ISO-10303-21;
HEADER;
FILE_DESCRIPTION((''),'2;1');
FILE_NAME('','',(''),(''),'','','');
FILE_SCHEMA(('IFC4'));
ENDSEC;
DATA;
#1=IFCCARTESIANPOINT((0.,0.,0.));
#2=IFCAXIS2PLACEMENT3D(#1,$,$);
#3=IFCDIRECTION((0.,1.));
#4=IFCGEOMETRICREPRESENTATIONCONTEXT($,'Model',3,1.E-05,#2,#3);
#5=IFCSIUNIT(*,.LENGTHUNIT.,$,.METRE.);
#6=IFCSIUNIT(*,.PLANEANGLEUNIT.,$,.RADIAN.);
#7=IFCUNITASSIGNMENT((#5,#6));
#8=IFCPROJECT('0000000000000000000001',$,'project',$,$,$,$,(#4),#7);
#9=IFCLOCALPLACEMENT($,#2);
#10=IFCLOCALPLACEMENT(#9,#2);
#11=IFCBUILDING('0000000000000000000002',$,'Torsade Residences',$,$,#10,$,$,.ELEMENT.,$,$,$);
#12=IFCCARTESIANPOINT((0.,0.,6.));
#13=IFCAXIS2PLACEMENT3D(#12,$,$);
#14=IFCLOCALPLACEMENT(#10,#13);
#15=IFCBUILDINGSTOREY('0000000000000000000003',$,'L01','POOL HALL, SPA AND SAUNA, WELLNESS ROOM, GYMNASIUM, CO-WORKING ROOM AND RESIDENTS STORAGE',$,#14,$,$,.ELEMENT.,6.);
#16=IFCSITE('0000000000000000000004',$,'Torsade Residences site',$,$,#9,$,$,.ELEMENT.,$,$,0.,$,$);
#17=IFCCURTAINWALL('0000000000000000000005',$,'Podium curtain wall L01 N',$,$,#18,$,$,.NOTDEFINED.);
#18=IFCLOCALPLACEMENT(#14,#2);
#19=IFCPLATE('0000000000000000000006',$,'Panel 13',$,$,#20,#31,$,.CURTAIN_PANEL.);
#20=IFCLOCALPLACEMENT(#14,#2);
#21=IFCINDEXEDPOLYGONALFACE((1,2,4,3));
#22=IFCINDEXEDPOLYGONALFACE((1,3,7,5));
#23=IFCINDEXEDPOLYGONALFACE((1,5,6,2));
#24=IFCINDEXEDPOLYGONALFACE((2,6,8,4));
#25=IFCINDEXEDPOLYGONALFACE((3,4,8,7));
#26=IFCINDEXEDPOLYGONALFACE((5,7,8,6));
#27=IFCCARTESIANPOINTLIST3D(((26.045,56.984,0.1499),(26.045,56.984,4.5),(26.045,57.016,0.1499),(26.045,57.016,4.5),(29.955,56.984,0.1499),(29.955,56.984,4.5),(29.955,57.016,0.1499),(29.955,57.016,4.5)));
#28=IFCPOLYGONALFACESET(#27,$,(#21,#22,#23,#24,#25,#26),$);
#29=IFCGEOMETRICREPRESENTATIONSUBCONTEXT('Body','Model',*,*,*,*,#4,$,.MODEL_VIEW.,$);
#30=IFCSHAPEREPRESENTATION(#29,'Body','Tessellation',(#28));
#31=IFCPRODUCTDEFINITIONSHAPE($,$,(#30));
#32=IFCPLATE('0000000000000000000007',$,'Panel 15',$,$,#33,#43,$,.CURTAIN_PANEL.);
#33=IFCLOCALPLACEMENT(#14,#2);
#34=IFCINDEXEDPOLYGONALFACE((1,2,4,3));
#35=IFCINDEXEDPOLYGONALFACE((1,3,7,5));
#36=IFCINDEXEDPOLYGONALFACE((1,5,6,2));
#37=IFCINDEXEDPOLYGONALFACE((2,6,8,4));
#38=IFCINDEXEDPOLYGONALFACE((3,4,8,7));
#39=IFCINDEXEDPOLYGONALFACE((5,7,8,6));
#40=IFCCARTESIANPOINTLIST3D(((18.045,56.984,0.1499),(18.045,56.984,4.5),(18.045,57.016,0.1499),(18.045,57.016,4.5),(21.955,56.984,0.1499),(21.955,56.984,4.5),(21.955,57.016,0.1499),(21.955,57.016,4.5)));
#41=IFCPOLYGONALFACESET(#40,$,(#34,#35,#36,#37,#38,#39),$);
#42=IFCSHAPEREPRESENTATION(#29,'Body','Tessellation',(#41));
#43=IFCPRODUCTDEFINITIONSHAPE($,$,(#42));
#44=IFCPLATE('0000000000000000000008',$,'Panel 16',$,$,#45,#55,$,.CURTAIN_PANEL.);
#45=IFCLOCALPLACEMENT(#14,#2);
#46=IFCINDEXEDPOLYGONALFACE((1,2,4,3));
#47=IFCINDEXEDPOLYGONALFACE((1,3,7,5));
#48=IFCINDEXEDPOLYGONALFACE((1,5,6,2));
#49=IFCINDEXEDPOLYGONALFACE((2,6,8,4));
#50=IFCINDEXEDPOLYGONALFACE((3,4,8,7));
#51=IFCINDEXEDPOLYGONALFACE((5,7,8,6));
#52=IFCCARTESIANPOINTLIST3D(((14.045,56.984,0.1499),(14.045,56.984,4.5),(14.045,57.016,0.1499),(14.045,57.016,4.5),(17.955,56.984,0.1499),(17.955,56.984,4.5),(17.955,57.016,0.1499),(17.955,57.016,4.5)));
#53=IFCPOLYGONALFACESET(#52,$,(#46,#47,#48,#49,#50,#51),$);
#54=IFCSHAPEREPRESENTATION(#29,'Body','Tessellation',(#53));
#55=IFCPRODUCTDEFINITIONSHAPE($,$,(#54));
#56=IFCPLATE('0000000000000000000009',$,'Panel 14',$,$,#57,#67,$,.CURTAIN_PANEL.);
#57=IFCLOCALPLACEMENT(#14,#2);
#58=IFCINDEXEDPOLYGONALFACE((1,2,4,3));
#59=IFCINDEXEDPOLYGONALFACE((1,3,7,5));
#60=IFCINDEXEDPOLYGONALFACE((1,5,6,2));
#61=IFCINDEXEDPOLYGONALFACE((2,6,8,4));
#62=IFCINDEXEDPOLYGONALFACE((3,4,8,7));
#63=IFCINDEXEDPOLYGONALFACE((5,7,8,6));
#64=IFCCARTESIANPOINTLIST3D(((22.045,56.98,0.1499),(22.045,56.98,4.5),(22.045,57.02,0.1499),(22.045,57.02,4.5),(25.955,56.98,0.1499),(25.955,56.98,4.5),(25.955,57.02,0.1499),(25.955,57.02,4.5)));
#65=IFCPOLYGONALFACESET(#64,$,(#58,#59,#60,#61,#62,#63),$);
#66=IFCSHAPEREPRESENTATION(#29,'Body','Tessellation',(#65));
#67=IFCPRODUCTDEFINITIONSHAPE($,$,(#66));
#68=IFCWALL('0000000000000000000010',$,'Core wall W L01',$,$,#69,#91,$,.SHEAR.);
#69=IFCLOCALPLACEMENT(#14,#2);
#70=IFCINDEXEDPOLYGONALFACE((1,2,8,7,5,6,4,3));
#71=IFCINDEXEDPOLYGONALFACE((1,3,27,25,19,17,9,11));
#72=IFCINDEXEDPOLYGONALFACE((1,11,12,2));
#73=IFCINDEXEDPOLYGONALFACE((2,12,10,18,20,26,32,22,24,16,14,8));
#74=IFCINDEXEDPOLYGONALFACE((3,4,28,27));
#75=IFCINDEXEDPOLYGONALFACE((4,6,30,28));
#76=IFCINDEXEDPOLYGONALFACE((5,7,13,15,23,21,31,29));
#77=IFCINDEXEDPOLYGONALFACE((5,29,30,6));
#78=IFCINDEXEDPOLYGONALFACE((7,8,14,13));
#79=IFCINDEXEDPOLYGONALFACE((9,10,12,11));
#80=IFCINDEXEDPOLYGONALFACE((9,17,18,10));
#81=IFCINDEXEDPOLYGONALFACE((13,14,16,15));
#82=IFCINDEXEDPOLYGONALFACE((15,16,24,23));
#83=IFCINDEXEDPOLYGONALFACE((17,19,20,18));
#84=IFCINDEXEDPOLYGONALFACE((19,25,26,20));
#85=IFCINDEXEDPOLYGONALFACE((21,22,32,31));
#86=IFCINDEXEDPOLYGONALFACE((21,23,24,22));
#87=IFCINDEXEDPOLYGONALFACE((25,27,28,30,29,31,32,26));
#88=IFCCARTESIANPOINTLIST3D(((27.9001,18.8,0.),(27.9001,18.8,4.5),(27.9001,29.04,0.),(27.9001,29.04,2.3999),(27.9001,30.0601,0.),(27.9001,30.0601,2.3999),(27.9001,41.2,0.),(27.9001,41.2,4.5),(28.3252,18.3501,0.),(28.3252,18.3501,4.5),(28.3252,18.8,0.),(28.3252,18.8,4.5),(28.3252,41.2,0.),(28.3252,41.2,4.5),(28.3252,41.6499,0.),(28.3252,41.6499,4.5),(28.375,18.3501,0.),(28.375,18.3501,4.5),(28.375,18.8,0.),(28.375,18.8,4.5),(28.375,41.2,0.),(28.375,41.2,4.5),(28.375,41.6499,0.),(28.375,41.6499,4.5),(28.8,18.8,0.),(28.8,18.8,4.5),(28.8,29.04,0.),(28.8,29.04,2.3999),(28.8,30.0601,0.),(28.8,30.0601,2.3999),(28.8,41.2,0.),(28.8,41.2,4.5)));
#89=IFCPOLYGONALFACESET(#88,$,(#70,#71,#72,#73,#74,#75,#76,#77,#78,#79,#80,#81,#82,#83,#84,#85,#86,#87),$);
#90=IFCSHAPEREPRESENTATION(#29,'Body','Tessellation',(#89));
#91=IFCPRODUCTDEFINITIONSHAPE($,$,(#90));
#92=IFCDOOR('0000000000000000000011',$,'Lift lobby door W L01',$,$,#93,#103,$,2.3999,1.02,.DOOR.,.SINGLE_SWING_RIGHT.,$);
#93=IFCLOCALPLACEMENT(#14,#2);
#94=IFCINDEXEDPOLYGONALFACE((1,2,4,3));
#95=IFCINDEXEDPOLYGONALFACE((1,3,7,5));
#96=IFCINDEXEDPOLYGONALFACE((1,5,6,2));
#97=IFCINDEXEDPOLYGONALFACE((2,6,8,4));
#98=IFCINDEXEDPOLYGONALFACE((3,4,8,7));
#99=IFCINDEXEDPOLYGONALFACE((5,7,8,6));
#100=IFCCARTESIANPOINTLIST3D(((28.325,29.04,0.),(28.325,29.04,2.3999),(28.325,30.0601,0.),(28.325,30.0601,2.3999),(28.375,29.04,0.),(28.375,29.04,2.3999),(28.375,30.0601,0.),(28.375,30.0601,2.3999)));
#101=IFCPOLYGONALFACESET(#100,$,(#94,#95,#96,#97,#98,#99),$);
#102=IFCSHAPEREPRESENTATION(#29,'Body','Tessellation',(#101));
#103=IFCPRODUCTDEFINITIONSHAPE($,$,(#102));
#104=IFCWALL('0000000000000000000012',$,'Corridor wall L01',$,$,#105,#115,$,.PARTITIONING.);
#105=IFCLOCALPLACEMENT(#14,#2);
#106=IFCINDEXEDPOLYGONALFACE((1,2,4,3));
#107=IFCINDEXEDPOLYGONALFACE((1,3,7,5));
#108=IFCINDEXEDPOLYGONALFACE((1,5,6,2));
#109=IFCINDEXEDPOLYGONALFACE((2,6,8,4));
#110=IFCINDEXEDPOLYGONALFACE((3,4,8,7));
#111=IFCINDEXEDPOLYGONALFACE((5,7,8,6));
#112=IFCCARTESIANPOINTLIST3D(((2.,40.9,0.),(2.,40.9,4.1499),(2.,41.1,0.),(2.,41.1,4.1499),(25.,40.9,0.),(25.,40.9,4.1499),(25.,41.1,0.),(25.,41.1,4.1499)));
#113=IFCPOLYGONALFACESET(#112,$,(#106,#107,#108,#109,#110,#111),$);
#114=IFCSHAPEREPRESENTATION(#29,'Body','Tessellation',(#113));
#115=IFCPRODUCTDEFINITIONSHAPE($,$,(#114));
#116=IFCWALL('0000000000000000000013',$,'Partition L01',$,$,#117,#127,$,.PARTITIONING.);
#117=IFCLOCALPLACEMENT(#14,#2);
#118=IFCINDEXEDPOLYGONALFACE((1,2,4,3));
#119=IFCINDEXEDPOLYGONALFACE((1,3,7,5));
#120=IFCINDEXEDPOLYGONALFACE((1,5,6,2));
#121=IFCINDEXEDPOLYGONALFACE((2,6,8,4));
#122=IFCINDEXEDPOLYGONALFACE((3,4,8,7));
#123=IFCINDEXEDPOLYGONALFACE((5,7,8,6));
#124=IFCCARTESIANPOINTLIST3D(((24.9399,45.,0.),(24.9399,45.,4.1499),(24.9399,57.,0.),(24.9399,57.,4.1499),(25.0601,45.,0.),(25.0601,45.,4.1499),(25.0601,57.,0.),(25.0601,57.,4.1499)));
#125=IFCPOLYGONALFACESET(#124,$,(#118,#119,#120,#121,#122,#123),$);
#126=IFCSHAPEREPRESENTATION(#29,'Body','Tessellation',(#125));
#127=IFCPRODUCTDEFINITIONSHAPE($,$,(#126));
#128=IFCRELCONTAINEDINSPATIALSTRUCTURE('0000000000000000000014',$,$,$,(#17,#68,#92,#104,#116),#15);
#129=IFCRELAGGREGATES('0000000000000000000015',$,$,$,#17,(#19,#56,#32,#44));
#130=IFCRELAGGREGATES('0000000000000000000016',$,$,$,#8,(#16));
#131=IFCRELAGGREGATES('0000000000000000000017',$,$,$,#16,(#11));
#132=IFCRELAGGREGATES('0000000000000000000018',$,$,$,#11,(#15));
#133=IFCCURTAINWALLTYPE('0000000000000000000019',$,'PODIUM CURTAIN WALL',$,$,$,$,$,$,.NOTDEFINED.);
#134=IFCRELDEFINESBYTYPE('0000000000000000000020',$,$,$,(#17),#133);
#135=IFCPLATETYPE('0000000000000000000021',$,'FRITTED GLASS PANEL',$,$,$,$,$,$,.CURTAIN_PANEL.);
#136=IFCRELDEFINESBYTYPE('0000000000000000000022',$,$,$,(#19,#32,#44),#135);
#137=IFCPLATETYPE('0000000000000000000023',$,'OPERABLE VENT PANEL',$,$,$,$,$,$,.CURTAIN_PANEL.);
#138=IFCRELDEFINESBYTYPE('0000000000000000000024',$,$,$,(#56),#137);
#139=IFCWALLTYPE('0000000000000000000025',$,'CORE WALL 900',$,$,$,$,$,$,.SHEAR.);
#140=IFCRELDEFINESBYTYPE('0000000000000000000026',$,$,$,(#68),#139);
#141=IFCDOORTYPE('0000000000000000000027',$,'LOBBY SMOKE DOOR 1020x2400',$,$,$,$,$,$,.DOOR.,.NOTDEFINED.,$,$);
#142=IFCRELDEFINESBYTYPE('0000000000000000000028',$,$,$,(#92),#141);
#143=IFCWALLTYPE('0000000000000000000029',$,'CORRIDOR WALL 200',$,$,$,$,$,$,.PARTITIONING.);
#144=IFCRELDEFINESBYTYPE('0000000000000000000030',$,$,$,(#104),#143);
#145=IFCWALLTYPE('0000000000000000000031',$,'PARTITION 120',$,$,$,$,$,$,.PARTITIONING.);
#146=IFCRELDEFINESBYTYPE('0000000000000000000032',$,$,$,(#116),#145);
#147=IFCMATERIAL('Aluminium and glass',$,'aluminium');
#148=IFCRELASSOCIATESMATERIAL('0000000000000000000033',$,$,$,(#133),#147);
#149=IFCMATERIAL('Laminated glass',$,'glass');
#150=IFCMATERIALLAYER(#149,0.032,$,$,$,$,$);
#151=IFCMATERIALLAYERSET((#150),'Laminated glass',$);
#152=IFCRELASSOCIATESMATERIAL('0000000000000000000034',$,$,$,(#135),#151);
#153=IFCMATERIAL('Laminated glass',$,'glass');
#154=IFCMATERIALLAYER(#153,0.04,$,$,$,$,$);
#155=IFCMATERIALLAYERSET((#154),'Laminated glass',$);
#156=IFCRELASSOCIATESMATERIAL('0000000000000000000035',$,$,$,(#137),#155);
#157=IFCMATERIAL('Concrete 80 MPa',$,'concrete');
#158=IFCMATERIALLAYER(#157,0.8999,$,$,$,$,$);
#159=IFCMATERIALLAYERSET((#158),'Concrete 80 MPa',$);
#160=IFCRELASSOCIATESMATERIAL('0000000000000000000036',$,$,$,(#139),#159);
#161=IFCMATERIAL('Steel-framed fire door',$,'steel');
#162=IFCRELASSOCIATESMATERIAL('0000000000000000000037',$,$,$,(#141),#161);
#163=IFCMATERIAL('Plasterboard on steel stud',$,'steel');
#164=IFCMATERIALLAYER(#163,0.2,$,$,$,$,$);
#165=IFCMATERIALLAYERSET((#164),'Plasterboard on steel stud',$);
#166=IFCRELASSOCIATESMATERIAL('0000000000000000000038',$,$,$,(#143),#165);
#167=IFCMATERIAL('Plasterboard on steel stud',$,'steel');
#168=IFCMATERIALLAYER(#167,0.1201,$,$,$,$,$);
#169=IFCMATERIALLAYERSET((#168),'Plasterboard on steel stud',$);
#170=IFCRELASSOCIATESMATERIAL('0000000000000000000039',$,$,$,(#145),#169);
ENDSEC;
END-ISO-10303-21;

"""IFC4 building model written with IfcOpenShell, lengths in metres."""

from ifc_helpers import new_model, si_unit, direction, frame, frame_2d, origin, origin_2d, place, context, subcontext, project, spatial, polyline, rectangle, outline, extrude, material, layer, layer_set, type_object, element, fill, aggregate, save


model = new_model("IFC4")

# Units and contexts
model_context = context("Model", 3, precision=1e-05, world=origin(), true_north=direction((0.0, 1.0)))
body_context = subcontext(model_context, "Body", "Model", "MODEL_VIEW")
ifc_project = project(units=[si_unit("LENGTHUNIT", "METRE"), si_unit("PLANEANGLEUNIT", "RADIAN")], contexts=[model_context])

# Site, building, storey
site_placement = place(None, origin())
site = spatial("IfcSite", under=ifc_project, at=site_placement, Name="Torsade Residences site", CompositionType="ELEMENT", RefElevation=0.0)
building_placement = place(site_placement, origin())
building = spatial("IfcBuilding", under=site, at=building_placement, Name="Torsade Residences", CompositionType="ELEMENT")
storey_placement = place(building_placement, frame((0.0, 0.0, 6.0)))
storey = spatial("IfcBuildingStorey", under=building, at=storey_placement, Name="L01", Description="POOL HALL, SPA AND SAUNA, WELLNESS ROOM, GYMNASIUM, CO-WORKING ROOM AND RESIDENTS STORAGE", CompositionType="ELEMENT", Elevation=6.0)

# Curtain wall, plates
ifc_material_1 = material(Name="Aluminium and glass", Category="aluminium")
curtain_wall_type = type_object("IfcCurtainWallType", Name="PODIUM CURTAIN WALL", PredefinedType="NOTDEFINED", material=ifc_material_1)
curtain_wall_placement = place(storey_placement, origin())
curtain_wall = element("IfcCurtainWall", 1, at=curtain_wall_placement, inside=storey, type_object=curtain_wall_type, Name="Podium curtain wall L01 N", PredefinedType="NOTDEFINED")
ifc_material_2 = material(Name="Laminated glass", Category="glass")
ifc_layer_1 = layer(ifc_material_2, 0.032)
ifc_layer_set_1 = layer_set([ifc_layer_1], Name="Laminated glass")
plate_type_1 = type_object("IfcPlateType", Name="FRITTED GLASS PANEL", PredefinedType="CURTAIN_PANEL", material=ifc_layer_set_1)
plate_1_placement = place(storey_placement, frame((28.0, 57.0, 0.1499), z_axis=(0.0, 0.0, 1.0), x_axis=(-1.0, 0.0, 0.0)))
plate_1 = element("IfcPlate", 2, at=plate_1_placement, type_object=plate_type_1, Name="Panel 13", PredefinedType="CURTAIN_PANEL", context=body_context, shape_type="SweptSolid", body=[
    extrude(rectangle(XDim=3.9099, YDim=0.032, at=origin_2d()), origin(), (0.0, 0.0, 1.0), 4.3501),
])
plate_2_placement = place(storey_placement, frame((20.0, 57.0, 0.1499), z_axis=(0.0, 0.0, 1.0), x_axis=(-1.0, 0.0, 0.0)))
plate_2 = element("IfcPlate", 3, at=plate_2_placement, type_object=plate_type_1, Name="Panel 15", PredefinedType="CURTAIN_PANEL", context=body_context, shape_type="SweptSolid", body=[
    extrude(rectangle(XDim=3.9099, YDim=0.032, at=origin_2d()), origin(), (0.0, 0.0, 1.0), 4.3501),
])
plate_3_placement = place(storey_placement, frame((16.0, 57.0, 0.1499), z_axis=(0.0, 0.0, 1.0), x_axis=(-1.0, 0.0, 0.0)))
plate_3 = element("IfcPlate", 4, at=plate_3_placement, type_object=plate_type_1, Name="Panel 16", PredefinedType="CURTAIN_PANEL", context=body_context, shape_type="SweptSolid", body=[
    extrude(rectangle(XDim=3.9099, YDim=0.032, at=origin_2d()), origin(), (0.0, 0.0, 1.0), 4.3501),
])
ifc_material_3 = material(Name="Laminated glass", Category="glass")
ifc_layer_2 = layer(ifc_material_3, 0.04)
ifc_layer_set_2 = layer_set([ifc_layer_2], Name="Laminated glass")
plate_type_2 = type_object("IfcPlateType", Name="OPERABLE VENT PANEL", PredefinedType="CURTAIN_PANEL", material=ifc_layer_set_2)
plate_4_placement = place(storey_placement, frame((24.0, 57.0, 0.1499), z_axis=(0.0, 0.0, 1.0), x_axis=(-1.0, 0.0, 0.0)))
plate_4 = element("IfcPlate", 5, at=plate_4_placement, type_object=plate_type_2, Name="Panel 14", PredefinedType="CURTAIN_PANEL", context=body_context, shape_type="SweptSolid", body=[
    extrude(rectangle(XDim=3.9099, YDim=0.04, at=origin_2d()), origin(), (0.0, 0.0, 1.0), 4.3501),
])
aggregate(curtain_wall, [plate_1, plate_4, plate_2, plate_3])

# Wall, opening, door
ifc_material_4 = material(Name="Concrete 80 MPa", Category="concrete")
ifc_layer_3 = layer(ifc_material_4, 0.8999)
ifc_layer_set_3 = layer_set([ifc_layer_3], Name="Concrete 80 MPa")
wall_type_1 = type_object("IfcWallType", Name="CORE WALL 900", PredefinedType="SHEAR", material=ifc_layer_set_3)
wall_1_placement = place(storey_placement, frame((28.3501, 41.2, 0.0), z_axis=(0.0, 0.0, 1.0), x_axis=(0.0, -1.0, 0.0)))
wall_1 = element("IfcWall", 6, at=wall_1_placement, inside=storey, type_object=wall_type_1, Name="Core wall W L01", PredefinedType="SHEAR", context=body_context, shape_type="SweptSolid", body=[
    extrude(outline(polyline([(0.0, -0.45), (22.3999, -0.45), (22.3999, -0.0249), (22.8499, -0.0249), (22.8499, 0.0249), (22.3999, 0.0249), (22.3999, 0.45), (0.0, 0.45), (0.0, 0.0249), (-0.45, 0.0249), (-0.45, -0.0249), (0.0, -0.0249), (0.0, -0.45)])), origin(), (0.0, 0.0, 1.0), 4.5),
])
opening_placement = place(wall_1_placement, frame((11.1399, 0.0, 0.0)))
opening = element("IfcOpeningElement", 7, at=opening_placement, cuts=wall_1, PredefinedType="OPENING", context=body_context, shape_type="SweptSolid", body=[
    extrude(rectangle(XDim=1.02, YDim=2.3999, at=frame_2d((0.51, 1.2))), frame((0.0, 0.46, 0.0), z_axis=(0.0, -1.0, 0.0), x_axis=(1.0, 0.0, 0.0)), (0.0, 0.0, 1.0), 0.9199),
])
ifc_material_5 = material(Name="Steel-framed fire door", Category="steel")
door_type = type_object("IfcDoorType", Name="LOBBY SMOKE DOOR 1020x2400", OperationType="NOTDEFINED", PredefinedType="DOOR", material=ifc_material_5)
door_placement = place(opening_placement, origin())
door = element("IfcDoor", 8, at=door_placement, inside=storey, type_object=door_type, Name="Lift lobby door W L01", OperationType="SINGLE_SWING_RIGHT", OverallHeight=2.3999, OverallWidth=1.02, PredefinedType="DOOR", context=body_context, shape_type="SweptSolid", body=[
    extrude(rectangle(XDim=1.02, YDim=2.3999, at=frame_2d((0.51, 1.2))), frame((0.0, 0.0249, 0.0), z_axis=(0.0, -1.0, 0.0), x_axis=(1.0, 0.0, 0.0)), (0.0, 0.0, 1.0), 0.05),
])
fill(opening, door)

# Walls
ifc_material_6 = material(Name="Plasterboard on steel stud", Category="steel")
ifc_layer_4 = layer(ifc_material_6, 0.2)
ifc_layer_set_4 = layer_set([ifc_layer_4], Name="Plasterboard on steel stud")
wall_type_2 = type_object("IfcWallType", Name="CORRIDOR WALL 200", PredefinedType="PARTITIONING", material=ifc_layer_set_4)
wall_2_placement = place(storey_placement, frame((25.0, 41.0, 0.0), z_axis=(0.0, 0.0, 1.0), x_axis=(-1.0, 0.0, 0.0)))
element("IfcWall", 9, at=wall_2_placement, inside=storey, type_object=wall_type_2, Name="Corridor wall L01", PredefinedType="PARTITIONING", context=body_context, shape_type="SweptSolid", body=[
    extrude(rectangle(XDim=23.0, YDim=0.2, at=frame_2d((11.5, 0.0))), origin(), (0.0, 0.0, 1.0), 4.1499),
])
ifc_material_7 = material(Name="Plasterboard on steel stud", Category="steel")
ifc_layer_5 = layer(ifc_material_7, 0.1201)
ifc_layer_set_5 = layer_set([ifc_layer_5], Name="Plasterboard on steel stud")
wall_type_3 = type_object("IfcWallType", Name="PARTITION 120", PredefinedType="PARTITIONING", material=ifc_layer_set_5)
wall_3_placement = place(storey_placement, frame((25.0, 57.0, 0.0), z_axis=(0.0, 0.0, 1.0), x_axis=(0.0, -1.0, 0.0)))
element("IfcWall", 10, at=wall_3_placement, inside=storey, type_object=wall_type_3, Name="Partition L01", PredefinedType="PARTITIONING", context=body_context, shape_type="SweptSolid", body=[
    extrude(rectangle(XDim=12.0, YDim=0.1201, at=frame_2d((6.0, 0.0))), origin(), (0.0, 0.0, 1.0), 4.1499),
])

save(model, "model.ifc")
